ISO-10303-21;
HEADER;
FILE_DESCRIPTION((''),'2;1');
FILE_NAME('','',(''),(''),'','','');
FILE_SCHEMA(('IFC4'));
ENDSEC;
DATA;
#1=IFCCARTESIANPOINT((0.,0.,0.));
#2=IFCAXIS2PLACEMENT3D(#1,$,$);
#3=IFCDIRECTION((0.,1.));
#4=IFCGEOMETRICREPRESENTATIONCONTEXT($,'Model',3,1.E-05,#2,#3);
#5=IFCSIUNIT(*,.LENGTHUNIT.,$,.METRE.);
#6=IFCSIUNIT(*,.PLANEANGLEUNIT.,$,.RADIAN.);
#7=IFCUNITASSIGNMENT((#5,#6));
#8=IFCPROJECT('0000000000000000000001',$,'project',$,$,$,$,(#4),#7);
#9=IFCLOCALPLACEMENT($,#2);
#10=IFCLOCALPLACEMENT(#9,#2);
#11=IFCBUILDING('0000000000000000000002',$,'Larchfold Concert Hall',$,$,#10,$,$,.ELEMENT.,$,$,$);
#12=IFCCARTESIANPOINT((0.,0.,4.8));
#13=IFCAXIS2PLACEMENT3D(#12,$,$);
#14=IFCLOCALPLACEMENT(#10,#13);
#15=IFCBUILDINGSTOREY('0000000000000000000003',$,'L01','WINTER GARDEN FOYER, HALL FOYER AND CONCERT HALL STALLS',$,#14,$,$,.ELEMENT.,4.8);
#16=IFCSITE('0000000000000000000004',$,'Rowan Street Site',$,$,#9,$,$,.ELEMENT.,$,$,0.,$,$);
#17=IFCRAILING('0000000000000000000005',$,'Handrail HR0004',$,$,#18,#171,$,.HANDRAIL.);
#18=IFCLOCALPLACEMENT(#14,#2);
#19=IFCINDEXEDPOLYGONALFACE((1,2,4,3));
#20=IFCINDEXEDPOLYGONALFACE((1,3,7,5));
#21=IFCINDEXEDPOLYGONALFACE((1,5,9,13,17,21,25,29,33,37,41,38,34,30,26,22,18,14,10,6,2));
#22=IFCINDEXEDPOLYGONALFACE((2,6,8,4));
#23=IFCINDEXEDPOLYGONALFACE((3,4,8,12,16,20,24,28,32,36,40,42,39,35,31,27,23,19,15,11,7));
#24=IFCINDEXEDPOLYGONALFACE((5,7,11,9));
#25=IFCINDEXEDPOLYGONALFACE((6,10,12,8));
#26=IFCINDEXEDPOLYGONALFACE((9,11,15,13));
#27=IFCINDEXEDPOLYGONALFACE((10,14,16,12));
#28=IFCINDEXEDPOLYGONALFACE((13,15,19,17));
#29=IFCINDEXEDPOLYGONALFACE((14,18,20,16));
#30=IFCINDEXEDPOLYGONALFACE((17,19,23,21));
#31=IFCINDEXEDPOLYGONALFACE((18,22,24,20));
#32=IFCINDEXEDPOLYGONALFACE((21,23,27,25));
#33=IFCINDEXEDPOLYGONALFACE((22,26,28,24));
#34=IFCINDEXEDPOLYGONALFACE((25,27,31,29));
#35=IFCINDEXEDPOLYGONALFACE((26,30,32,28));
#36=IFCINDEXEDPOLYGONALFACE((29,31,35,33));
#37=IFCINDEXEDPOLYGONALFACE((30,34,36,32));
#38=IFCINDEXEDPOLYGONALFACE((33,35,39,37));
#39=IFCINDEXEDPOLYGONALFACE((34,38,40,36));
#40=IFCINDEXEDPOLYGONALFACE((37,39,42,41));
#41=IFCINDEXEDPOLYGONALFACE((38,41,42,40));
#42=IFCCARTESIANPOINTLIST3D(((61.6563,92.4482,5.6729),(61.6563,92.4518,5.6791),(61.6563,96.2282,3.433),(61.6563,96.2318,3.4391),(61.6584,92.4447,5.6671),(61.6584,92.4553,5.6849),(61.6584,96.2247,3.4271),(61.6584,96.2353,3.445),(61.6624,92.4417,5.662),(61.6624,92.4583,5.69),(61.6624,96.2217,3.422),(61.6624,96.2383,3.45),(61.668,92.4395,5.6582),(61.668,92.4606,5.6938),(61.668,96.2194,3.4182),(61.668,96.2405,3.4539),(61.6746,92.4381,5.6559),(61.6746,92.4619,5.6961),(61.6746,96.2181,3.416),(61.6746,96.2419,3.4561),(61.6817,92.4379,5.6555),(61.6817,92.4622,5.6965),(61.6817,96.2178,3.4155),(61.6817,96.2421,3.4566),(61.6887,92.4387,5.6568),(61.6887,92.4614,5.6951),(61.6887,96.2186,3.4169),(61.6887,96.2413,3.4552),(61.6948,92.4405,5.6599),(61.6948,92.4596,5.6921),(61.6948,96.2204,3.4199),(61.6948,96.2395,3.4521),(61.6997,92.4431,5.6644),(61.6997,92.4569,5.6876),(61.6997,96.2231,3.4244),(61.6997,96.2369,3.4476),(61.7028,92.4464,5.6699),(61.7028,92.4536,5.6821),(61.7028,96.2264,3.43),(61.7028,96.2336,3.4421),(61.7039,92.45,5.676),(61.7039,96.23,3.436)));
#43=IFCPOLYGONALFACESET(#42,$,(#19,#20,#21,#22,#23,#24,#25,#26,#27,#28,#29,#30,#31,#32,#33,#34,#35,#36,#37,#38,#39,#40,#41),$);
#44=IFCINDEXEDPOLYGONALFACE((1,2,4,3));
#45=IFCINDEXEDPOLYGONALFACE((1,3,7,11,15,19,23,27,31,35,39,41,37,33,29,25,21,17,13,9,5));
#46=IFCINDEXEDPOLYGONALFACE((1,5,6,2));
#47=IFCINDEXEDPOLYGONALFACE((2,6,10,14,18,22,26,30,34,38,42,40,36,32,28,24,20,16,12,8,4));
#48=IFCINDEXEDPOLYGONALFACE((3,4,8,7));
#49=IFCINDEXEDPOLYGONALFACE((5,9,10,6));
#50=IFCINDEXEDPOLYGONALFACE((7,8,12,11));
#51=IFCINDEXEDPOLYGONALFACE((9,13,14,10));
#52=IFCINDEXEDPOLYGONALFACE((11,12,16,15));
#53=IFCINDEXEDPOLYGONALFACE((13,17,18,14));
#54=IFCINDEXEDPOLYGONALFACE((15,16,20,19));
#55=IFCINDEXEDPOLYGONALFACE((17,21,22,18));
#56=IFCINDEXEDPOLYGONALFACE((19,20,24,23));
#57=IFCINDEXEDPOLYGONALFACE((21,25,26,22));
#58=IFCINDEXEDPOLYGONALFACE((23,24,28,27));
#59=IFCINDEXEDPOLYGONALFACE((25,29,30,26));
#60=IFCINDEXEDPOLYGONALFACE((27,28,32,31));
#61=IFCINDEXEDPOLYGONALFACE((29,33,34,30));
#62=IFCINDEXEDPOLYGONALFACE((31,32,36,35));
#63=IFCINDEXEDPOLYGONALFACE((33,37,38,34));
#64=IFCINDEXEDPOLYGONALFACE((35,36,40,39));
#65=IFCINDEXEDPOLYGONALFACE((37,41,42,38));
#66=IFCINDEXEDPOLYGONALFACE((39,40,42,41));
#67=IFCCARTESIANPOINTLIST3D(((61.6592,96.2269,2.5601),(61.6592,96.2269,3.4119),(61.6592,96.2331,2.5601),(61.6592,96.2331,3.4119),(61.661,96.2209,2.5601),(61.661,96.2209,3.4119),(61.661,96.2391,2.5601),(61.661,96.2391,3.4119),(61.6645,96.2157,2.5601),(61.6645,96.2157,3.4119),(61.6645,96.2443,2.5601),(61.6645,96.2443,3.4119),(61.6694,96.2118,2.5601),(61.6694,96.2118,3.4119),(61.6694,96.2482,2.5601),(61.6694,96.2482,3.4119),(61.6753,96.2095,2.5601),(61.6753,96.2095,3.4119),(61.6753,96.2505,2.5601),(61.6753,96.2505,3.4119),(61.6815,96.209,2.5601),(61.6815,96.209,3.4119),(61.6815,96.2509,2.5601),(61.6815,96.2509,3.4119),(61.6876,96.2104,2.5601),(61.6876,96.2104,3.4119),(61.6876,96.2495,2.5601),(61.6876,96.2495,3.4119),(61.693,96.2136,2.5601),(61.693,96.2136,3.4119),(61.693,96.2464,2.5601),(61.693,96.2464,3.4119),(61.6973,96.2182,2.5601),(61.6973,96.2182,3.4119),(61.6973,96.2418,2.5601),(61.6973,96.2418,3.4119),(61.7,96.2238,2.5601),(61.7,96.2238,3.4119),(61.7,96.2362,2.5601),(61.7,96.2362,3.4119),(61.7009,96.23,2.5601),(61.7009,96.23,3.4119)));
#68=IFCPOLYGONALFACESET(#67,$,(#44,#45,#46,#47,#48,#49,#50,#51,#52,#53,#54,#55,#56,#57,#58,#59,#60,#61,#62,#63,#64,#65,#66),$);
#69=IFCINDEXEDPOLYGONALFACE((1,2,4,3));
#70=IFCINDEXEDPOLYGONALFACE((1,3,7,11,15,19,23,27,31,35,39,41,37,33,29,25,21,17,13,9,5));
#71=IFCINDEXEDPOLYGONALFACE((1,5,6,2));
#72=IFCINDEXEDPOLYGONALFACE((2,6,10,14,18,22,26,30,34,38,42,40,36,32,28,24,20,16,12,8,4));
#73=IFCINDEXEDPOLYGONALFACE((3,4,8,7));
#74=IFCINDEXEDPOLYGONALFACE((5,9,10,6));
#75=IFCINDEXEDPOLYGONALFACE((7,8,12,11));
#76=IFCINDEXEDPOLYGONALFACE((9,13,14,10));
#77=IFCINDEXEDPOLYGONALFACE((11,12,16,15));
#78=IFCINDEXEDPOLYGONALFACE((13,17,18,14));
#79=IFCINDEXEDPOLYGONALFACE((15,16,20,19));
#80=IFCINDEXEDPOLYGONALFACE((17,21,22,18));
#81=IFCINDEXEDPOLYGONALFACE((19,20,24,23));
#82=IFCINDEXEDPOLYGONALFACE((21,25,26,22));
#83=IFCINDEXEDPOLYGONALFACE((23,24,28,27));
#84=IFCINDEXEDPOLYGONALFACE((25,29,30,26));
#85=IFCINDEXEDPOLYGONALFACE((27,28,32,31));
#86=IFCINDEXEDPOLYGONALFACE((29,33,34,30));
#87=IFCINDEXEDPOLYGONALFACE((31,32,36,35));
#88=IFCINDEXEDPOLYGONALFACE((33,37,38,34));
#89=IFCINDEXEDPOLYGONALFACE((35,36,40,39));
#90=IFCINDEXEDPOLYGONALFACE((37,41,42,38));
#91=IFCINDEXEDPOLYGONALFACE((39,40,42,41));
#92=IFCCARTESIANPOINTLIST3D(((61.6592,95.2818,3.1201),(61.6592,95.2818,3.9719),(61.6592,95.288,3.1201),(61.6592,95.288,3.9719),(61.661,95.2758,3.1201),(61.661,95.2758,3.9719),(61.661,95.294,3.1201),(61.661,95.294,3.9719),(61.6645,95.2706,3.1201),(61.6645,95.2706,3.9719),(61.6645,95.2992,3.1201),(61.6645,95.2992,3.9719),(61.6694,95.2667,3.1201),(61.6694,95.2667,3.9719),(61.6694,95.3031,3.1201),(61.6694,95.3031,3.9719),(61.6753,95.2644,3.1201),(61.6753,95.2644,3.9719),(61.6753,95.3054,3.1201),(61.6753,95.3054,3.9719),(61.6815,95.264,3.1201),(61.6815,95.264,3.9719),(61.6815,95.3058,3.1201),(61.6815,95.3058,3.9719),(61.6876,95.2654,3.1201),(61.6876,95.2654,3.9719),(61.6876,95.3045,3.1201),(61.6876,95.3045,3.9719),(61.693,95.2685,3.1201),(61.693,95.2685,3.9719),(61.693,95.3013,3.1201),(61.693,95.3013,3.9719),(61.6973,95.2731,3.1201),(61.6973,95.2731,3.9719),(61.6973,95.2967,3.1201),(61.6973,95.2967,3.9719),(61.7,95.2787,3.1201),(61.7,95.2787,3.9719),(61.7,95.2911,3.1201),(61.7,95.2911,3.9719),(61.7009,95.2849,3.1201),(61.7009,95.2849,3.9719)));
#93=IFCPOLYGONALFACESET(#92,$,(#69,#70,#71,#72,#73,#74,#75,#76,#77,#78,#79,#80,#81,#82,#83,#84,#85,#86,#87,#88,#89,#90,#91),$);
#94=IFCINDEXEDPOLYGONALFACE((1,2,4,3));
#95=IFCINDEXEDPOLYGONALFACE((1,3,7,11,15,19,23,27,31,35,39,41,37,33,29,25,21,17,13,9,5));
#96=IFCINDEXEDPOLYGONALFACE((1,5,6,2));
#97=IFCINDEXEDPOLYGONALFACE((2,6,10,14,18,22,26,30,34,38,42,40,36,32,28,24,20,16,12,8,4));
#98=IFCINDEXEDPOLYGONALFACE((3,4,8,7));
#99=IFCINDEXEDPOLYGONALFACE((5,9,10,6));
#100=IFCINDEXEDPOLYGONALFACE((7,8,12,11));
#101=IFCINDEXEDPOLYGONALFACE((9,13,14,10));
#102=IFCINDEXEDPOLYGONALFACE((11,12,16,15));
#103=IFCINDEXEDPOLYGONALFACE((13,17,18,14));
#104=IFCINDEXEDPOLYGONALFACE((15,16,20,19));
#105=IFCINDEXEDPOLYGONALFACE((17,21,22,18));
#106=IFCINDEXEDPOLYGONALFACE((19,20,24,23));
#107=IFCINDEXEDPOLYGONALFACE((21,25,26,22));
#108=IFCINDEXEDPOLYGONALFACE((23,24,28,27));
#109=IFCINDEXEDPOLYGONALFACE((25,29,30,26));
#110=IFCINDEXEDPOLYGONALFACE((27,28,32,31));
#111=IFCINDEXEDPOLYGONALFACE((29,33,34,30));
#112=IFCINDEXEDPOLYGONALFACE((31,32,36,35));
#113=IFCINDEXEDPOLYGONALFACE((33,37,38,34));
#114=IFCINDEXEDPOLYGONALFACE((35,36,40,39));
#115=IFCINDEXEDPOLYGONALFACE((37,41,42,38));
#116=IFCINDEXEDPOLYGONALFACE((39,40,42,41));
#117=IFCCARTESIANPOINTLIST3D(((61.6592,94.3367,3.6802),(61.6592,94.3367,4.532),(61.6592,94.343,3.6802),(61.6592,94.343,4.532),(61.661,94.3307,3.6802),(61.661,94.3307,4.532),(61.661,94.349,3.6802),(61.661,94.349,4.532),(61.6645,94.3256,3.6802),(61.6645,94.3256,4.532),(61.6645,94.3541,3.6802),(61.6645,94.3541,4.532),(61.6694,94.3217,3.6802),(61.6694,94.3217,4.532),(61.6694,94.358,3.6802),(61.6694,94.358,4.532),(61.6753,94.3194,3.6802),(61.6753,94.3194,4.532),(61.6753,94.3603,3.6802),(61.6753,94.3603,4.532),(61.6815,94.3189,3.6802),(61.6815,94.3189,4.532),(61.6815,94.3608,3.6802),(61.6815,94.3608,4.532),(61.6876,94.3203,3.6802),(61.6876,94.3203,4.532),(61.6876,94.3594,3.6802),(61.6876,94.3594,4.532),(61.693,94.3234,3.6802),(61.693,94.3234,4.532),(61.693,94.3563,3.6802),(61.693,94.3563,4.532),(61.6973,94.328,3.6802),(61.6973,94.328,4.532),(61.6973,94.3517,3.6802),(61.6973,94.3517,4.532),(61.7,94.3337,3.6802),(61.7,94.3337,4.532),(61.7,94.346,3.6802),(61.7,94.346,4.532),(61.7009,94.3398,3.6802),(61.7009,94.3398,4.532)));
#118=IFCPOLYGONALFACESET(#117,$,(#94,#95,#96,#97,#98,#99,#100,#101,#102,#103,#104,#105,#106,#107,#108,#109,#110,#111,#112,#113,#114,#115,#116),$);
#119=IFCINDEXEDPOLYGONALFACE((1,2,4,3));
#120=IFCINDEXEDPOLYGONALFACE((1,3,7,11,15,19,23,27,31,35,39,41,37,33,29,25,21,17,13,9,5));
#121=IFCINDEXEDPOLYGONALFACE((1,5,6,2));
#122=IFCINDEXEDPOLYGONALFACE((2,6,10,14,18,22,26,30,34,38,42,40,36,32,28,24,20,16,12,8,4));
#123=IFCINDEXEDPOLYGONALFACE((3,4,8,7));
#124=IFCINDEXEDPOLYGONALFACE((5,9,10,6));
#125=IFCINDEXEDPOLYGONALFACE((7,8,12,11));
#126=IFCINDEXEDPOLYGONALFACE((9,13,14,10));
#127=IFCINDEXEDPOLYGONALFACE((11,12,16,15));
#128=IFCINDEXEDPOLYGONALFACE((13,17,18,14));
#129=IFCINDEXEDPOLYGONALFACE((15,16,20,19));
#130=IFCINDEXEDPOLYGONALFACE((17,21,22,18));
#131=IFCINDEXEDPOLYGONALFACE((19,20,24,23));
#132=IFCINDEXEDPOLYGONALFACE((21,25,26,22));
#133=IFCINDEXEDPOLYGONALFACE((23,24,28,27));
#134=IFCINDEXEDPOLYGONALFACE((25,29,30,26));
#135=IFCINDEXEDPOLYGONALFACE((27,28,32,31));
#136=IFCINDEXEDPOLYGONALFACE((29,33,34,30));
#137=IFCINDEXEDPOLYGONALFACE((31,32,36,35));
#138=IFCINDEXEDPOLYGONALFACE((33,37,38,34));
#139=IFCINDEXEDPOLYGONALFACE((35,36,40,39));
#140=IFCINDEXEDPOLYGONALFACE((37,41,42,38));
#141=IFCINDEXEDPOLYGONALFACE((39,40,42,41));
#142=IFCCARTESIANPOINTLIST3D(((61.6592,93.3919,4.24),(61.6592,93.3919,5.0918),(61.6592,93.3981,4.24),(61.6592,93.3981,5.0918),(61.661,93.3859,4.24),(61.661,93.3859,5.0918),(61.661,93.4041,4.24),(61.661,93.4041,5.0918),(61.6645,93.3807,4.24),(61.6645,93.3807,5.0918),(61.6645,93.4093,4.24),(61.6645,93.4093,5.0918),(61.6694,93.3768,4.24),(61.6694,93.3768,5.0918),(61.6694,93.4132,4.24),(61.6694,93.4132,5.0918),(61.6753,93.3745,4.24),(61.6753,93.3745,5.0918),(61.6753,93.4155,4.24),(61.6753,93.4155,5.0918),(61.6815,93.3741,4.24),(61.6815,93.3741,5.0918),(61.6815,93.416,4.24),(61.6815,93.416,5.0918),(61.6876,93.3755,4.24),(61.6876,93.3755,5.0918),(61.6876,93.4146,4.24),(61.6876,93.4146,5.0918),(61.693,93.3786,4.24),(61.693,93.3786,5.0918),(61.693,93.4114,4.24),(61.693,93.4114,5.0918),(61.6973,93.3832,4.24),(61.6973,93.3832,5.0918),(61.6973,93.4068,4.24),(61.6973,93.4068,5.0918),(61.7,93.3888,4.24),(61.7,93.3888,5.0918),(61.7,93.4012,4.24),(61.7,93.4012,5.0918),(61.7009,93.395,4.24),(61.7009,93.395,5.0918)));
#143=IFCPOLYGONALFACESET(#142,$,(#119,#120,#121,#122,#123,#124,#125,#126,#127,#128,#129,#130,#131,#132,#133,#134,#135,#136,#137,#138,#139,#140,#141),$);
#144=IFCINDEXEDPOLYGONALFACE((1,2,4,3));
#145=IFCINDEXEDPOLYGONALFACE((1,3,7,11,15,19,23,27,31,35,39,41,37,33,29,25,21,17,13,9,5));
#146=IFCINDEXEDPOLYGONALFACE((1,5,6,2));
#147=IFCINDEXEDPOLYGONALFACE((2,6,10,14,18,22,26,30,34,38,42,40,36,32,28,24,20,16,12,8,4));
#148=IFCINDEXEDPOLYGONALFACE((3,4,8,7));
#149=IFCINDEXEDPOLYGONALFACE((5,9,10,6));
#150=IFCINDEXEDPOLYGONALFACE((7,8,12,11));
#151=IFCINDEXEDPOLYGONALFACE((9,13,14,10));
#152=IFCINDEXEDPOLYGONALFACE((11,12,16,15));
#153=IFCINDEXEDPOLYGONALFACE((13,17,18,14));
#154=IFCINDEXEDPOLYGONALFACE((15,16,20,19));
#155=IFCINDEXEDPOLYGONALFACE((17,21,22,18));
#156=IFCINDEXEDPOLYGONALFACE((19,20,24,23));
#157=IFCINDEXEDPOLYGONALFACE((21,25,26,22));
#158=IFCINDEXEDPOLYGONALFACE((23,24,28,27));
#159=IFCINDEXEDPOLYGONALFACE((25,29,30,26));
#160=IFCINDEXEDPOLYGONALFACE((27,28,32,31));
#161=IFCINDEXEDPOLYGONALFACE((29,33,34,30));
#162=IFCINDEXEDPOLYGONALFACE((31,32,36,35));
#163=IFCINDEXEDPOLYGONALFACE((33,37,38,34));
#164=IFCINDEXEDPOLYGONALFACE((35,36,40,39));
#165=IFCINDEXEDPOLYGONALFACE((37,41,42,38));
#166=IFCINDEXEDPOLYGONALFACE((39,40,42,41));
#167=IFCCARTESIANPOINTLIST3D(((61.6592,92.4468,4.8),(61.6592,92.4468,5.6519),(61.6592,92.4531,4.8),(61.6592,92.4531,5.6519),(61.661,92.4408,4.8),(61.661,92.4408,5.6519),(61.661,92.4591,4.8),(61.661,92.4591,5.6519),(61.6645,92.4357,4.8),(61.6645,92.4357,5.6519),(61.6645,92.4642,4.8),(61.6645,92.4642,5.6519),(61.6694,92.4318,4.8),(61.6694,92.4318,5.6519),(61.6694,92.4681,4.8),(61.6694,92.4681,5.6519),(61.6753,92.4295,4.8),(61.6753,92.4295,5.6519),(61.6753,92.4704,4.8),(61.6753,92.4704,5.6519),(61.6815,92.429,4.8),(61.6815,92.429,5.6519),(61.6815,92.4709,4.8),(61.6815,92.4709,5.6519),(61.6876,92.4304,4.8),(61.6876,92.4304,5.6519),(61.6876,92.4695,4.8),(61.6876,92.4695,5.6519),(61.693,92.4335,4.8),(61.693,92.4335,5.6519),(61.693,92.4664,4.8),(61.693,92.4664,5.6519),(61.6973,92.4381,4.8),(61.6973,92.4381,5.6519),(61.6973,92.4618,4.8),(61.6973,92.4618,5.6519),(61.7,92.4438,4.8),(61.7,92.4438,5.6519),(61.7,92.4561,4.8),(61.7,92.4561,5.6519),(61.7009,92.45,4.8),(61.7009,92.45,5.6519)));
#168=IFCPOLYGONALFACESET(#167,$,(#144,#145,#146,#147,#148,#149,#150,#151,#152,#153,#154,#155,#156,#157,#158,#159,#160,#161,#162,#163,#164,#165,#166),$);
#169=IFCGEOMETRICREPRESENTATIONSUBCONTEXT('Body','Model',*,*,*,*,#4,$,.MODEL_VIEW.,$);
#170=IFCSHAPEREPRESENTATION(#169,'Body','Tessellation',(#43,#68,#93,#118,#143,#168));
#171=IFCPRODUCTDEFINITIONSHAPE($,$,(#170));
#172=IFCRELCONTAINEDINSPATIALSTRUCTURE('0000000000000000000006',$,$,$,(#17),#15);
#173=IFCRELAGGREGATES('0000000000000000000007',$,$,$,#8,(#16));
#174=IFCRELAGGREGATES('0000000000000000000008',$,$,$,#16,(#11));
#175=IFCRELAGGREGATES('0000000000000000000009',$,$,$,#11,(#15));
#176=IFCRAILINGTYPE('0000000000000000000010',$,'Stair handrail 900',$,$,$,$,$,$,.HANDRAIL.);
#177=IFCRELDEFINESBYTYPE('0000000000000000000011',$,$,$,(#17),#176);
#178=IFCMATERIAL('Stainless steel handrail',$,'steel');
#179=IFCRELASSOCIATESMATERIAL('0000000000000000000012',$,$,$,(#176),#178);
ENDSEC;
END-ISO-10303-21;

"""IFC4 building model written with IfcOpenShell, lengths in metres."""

from ifc_helpers import new_model, si_unit, direction, frame, origin, origin_2d, place, context, subcontext, project, spatial, circle, extrude, material, type_object, element, save


model = new_model("IFC4")

# Units and contexts
model_context = context("Model", 3, precision=1e-05, world=origin(), true_north=direction((0.0, 1.0)))
body_context = subcontext(model_context, "Body", "Model", "MODEL_VIEW")
ifc_project = project(units=[si_unit("LENGTHUNIT", "METRE"), si_unit("PLANEANGLEUNIT", "RADIAN")], contexts=[model_context])

# Site, building, storey
site_placement = place(None, origin())
site = spatial("IfcSite", under=ifc_project, at=site_placement, Name="Rowan Street Site", CompositionType="ELEMENT", RefElevation=0.0)
building_placement = place(site_placement, origin())
building = spatial("IfcBuilding", under=site, at=building_placement, Name="Larchfold Concert Hall", CompositionType="ELEMENT")
storey_placement = place(building_placement, frame((0.0, 0.0, 4.8)))
storey = spatial("IfcBuildingStorey", under=building, at=storey_placement, Name="L01", Description="WINTER GARDEN FOYER, HALL FOYER AND CONCERT HALL STALLS", CompositionType="ELEMENT", Elevation=4.8)

# Railing
ifc_material_1 = material(Name="Stainless steel handrail", Category="steel")
railing_type_1 = type_object("IfcRailingType", Name="Stair handrail 900", PredefinedType="HANDRAIL", material=ifc_material_1)
railing_1_placement = place(storey_placement, frame((61.6799, 96.23, 2.5601)))
element("IfcRailing", 1, at=railing_1_placement, inside=storey, type_object=railing_type_1, Name="Handrail HR0004", PredefinedType="HANDRAIL", context=body_context, shape_type="SweptSolid", body=[
    extrude(circle(Radius=0.0239, at=origin_2d()), frame((0.0, 0.0, 0.876), z_axis=(0.0, -0.860294, 0.509798), x_axis=(1.0, 0.0, 0.0)), (0.0, 0.0, 1.0), 4.3938),
    extrude(circle(Radius=0.021, at=origin_2d()), origin(), (0.0, 0.0, 1.0), 0.8518),
    extrude(circle(Radius=0.021, at=origin_2d()), frame((0.0, -0.9451, 0.5601)), (0.0, 0.0, 1.0), 0.8518),
    extrude(circle(Radius=0.021, at=origin_2d()), frame((0.0, -1.8901, 1.1201)), (0.0, 0.0, 1.0), 0.8518),
    extrude(circle(Radius=0.021, at=origin_2d()), frame((0.0, -2.835, 1.6799)), (0.0, 0.0, 1.0), 0.8518),
    extrude(circle(Radius=0.021, at=origin_2d()), frame((0.0, -3.78, 2.24)), (0.0, 0.0, 1.0), 0.8518),
])

save(model, "model.ifc")
